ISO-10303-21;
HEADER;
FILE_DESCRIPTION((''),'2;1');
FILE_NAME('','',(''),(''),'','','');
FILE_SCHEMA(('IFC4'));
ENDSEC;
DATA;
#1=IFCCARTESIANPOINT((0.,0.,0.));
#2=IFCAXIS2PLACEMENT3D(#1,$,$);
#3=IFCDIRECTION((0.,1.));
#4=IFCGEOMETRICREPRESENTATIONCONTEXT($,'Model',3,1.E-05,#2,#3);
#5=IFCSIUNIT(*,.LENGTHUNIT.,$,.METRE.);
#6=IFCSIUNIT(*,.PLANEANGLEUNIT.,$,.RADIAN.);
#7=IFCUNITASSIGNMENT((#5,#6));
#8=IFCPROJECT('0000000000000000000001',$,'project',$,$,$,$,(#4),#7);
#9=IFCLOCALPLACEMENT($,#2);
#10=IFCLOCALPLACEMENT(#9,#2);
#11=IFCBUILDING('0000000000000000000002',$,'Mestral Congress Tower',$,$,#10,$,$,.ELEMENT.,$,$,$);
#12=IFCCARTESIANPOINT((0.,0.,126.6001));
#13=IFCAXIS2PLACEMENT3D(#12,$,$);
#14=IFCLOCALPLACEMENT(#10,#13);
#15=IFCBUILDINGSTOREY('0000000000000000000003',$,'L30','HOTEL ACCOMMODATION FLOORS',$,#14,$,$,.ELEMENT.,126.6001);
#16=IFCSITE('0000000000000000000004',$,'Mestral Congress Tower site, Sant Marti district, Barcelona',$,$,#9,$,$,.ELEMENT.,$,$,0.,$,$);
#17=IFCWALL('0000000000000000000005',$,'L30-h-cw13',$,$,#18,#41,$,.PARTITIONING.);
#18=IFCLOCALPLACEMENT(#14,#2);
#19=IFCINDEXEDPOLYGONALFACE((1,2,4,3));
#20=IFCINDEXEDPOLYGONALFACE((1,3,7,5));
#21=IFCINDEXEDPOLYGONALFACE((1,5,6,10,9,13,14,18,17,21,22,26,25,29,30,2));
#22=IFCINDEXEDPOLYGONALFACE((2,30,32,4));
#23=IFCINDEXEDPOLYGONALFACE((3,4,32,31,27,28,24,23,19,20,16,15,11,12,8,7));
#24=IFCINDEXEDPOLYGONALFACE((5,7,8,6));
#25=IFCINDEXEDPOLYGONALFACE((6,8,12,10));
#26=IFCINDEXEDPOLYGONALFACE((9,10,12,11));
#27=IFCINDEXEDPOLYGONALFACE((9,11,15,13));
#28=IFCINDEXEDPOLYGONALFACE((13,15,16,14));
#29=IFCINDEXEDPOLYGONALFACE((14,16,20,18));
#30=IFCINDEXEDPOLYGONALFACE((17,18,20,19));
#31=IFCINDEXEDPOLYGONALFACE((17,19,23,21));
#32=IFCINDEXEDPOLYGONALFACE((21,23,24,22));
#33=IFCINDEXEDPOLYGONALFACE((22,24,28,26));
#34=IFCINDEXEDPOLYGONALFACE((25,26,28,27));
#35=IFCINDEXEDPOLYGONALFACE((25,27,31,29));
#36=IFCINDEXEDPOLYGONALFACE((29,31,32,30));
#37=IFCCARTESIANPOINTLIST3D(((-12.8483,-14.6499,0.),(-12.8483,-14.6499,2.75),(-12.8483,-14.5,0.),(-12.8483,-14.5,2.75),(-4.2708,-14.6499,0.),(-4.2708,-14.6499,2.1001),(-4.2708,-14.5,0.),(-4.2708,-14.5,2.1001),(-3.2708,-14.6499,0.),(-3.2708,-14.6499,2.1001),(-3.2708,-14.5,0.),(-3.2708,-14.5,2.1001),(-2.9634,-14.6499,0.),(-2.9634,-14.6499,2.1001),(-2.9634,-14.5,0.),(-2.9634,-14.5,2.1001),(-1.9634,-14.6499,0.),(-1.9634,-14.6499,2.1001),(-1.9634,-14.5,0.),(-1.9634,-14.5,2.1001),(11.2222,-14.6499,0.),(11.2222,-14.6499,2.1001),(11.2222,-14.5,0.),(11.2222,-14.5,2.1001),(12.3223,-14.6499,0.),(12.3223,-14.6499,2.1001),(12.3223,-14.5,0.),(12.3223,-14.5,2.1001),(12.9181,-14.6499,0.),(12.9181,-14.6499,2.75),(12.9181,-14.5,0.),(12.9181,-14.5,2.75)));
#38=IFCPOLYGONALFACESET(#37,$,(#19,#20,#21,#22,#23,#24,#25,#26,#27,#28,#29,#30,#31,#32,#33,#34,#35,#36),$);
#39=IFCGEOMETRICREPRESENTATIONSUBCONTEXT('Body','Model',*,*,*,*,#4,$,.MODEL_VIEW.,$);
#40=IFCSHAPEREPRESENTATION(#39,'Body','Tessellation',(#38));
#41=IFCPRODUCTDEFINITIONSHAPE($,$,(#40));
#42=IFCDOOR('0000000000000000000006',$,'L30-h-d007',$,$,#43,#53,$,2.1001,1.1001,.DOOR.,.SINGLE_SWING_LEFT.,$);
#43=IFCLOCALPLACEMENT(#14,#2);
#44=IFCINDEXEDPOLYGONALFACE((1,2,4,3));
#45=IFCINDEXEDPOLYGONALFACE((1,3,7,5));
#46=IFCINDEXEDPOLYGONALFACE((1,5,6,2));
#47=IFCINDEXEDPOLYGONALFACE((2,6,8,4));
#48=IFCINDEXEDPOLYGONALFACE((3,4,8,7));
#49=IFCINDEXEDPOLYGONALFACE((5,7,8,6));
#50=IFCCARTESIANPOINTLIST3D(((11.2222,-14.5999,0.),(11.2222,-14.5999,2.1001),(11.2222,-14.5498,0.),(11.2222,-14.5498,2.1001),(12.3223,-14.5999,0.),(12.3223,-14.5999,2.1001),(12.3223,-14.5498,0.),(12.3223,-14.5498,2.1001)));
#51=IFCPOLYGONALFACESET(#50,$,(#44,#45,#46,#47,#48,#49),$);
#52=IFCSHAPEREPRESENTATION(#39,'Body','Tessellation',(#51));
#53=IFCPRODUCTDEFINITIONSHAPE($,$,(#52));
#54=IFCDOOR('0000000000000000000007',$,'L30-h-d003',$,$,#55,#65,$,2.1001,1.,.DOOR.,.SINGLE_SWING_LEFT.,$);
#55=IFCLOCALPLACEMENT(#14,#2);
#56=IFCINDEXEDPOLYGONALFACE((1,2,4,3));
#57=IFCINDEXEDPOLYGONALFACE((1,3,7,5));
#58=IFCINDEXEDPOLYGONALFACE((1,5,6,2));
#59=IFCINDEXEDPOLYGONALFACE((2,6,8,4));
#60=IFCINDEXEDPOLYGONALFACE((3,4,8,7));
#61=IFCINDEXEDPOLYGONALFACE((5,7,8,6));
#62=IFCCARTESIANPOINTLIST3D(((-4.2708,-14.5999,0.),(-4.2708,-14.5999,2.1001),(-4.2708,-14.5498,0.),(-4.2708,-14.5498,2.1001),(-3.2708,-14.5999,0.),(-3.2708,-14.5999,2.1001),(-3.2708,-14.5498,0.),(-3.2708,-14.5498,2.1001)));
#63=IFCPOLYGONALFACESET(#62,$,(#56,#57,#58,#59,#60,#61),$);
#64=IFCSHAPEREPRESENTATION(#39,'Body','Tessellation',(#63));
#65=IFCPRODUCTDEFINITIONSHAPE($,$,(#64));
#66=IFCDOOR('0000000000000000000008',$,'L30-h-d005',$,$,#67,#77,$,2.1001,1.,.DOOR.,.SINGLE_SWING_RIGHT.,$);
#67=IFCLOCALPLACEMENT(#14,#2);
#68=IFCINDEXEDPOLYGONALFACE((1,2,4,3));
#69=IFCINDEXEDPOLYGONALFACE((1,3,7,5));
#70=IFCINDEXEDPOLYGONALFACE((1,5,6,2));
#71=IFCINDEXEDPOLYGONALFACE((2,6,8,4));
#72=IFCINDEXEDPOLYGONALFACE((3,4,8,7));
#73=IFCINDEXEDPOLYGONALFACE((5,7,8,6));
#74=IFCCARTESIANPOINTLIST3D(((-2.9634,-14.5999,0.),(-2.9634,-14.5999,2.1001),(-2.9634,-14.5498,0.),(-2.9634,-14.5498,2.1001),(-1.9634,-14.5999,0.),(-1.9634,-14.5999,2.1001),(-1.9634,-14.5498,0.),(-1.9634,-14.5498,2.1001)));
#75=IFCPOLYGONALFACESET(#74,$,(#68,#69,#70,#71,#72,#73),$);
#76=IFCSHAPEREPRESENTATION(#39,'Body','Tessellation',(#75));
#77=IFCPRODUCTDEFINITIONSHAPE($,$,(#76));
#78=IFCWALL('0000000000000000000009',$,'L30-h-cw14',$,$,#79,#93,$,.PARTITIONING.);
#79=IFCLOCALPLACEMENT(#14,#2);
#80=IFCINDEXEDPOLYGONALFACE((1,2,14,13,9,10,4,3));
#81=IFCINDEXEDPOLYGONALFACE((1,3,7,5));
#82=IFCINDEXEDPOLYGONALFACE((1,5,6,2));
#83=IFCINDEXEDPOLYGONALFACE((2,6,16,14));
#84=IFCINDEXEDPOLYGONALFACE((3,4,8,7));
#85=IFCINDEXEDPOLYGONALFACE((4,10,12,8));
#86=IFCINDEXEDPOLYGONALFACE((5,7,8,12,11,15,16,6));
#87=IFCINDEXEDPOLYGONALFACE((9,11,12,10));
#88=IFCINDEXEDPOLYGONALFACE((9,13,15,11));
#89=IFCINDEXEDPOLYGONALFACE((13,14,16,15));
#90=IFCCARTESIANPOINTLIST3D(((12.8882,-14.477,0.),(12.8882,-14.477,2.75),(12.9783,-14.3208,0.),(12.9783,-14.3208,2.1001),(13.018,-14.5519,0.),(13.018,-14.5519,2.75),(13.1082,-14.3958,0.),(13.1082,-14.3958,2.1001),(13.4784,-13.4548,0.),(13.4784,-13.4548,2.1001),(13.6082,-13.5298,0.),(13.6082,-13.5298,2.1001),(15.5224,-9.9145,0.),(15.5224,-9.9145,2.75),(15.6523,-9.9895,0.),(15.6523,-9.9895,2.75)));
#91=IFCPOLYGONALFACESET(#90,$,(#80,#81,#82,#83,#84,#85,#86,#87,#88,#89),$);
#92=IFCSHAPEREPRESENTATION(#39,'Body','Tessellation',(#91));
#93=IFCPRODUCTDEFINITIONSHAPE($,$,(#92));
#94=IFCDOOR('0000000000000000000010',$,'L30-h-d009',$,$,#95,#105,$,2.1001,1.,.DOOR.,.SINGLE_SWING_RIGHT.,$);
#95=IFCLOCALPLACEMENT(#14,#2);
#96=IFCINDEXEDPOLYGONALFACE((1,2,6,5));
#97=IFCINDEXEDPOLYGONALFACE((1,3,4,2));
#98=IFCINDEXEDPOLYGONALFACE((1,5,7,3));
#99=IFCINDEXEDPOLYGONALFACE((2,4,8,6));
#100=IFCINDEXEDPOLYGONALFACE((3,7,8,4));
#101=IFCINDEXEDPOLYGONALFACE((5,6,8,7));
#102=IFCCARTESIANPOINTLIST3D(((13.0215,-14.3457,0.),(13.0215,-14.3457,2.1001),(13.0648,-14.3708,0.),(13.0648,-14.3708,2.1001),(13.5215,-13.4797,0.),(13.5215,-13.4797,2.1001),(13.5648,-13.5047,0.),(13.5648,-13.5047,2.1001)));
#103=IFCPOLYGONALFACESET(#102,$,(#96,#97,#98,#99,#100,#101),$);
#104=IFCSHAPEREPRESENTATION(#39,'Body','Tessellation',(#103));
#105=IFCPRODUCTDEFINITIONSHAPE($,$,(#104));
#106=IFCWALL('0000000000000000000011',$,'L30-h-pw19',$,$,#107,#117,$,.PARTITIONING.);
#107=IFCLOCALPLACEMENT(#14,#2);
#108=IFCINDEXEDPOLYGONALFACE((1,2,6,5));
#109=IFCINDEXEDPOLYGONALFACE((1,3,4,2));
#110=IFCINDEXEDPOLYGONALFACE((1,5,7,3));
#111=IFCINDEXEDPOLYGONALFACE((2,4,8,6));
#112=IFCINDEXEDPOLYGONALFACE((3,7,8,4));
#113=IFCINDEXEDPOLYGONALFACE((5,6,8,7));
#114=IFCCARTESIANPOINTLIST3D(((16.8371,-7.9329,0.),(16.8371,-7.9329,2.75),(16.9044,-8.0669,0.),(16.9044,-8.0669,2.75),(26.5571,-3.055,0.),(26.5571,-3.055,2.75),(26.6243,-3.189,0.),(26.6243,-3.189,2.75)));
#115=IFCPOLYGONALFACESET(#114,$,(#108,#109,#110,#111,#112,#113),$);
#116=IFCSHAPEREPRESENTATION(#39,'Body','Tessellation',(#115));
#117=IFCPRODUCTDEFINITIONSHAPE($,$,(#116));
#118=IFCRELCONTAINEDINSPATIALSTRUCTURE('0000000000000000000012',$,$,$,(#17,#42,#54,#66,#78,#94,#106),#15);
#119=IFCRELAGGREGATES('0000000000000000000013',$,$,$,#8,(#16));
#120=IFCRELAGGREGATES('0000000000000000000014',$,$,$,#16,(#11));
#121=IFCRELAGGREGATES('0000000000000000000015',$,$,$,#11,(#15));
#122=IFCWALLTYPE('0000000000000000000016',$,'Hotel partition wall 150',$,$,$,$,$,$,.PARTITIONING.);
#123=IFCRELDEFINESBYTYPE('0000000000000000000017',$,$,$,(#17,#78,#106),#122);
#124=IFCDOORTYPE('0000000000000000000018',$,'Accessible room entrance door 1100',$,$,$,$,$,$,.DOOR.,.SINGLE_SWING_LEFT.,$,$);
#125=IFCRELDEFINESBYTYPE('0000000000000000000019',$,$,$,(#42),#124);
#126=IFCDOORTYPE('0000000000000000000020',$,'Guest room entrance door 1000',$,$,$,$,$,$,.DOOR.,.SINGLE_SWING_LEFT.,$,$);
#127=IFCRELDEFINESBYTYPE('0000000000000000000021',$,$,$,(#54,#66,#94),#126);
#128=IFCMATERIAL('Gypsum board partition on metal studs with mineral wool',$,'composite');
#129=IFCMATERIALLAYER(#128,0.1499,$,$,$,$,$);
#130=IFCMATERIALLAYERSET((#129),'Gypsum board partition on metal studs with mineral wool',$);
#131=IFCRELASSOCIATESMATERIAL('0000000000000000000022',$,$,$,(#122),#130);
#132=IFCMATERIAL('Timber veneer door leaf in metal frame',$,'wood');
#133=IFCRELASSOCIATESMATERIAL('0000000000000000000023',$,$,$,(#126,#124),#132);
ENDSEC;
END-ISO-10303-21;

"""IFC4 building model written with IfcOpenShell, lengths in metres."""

from ifc_helpers import new_model, si_unit, direction, frame, frame_2d, origin, place, context, subcontext, project, spatial, rectangle, extrude, material, layer, layer_set, type_object, element, fill, save


model = new_model("IFC4")

# Units and contexts
model_context = context("Model", 3, precision=1e-05, world=origin(), true_north=direction((0.0, 1.0)))
body_context = subcontext(model_context, "Body", "Model", "MODEL_VIEW")
ifc_project = project(units=[si_unit("LENGTHUNIT", "METRE"), si_unit("PLANEANGLEUNIT", "RADIAN")], contexts=[model_context])

# Site, building, storey
site_placement = place(None, origin())
site = spatial("IfcSite", under=ifc_project, at=site_placement, Name="Mestral Congress Tower site, Sant Marti district, Barcelona", CompositionType="ELEMENT", RefElevation=0.0)
building_placement = place(site_placement, origin())
building = spatial("IfcBuilding", under=site, at=building_placement, Name="Mestral Congress Tower", CompositionType="ELEMENT")
storey_placement = place(building_placement, frame((0.0, 0.0, 126.6001)))
storey = spatial("IfcBuildingStorey", under=building, at=storey_placement, Name="L30", Description="HOTEL ACCOMMODATION FLOORS", CompositionType="ELEMENT", Elevation=126.6001)

# Shared definitions
ifc_material_1 = material(Name="Gypsum board partition on metal studs with mineral wool", Category="composite")

# Shared definitions
ifc_layer_1 = layer(ifc_material_1, 0.1499)
ifc_layer_set_1 = layer_set([ifc_layer_1], Name="Gypsum board partition on metal studs with mineral wool")
wall_type_1 = type_object("IfcWallType", Name="Hotel partition wall 150", PredefinedType="PARTITIONING", material=ifc_layer_set_1)
ifc_material_2 = material(Name="Timber veneer door leaf in metal frame", Category="wood")
door_type_1 = type_object("IfcDoorType", Name="Guest room entrance door 1000", OperationType="SINGLE_SWING_LEFT", PredefinedType="DOOR", material=ifc_material_2)

# Wall, openings, doors
wall_1_placement = place(storey_placement, frame((12.9182, -14.575, 0.0), z_axis=(0.0, 0.0, 1.0), x_axis=(-1.0, 0.0, 0.0)))
wall_1 = element("IfcWall", 1, at=wall_1_placement, inside=storey, type_object=wall_type_1, Name="L30-h-cw13", PredefinedType="PARTITIONING", context=body_context, shape_type="SweptSolid", body=[
    extrude(rectangle(XDim=25.7664, YDim=0.1499, at=frame_2d((12.8833, 0.0))), origin(), (0.0, 0.0, 1.0), 2.75),
])
opening_1_placement = place(wall_1_placement, frame((16.189, 0.0, 0.0)))
opening_1 = element("IfcOpeningElement", 2, at=opening_1_placement, cuts=wall_1, PredefinedType="OPENING", context=body_context, shape_type="SweptSolid", body=[
    extrude(rectangle(XDim=1.0, YDim=2.1001, at=frame_2d((0.5, 1.05))), frame((0.0, 0.085, 0.0), z_axis=(0.0, -1.0, 0.0), x_axis=(1.0, 0.0, 0.0)), (0.0, 0.0, 1.0), 0.1699),
])
opening_2_placement = place(wall_1_placement, frame((14.8816, 0.0, 0.0)))
opening_2 = element("IfcOpeningElement", 3, at=opening_2_placement, cuts=wall_1, PredefinedType="OPENING", context=body_context, shape_type="SweptSolid", body=[
    extrude(rectangle(XDim=1.0, YDim=2.1001, at=frame_2d((0.5, 1.05))), frame((0.0, 0.085, 0.0), z_axis=(0.0, -1.0, 0.0), x_axis=(1.0, 0.0, 0.0)), (0.0, 0.0, 1.0), 0.1699),
])
opening_3_placement = place(wall_1_placement, frame((0.5959, 0.0, 0.0)))
opening_3 = element("IfcOpeningElement", 4, at=opening_3_placement, cuts=wall_1, PredefinedType="OPENING", context=body_context, shape_type="SweptSolid", body=[
    extrude(rectangle(XDim=1.1001, YDim=2.1001, at=frame_2d((0.55, 1.05))), frame((0.0, 0.085, 0.0), z_axis=(0.0, -1.0, 0.0), x_axis=(1.0, 0.0, 0.0)), (0.0, 0.0, 1.0), 0.1699),
])
door_type_2 = type_object("IfcDoorType", Name="Accessible room entrance door 1100", OperationType="SINGLE_SWING_LEFT", PredefinedType="DOOR", material=ifc_material_2)
door_1_placement = place(opening_3_placement, origin())
door_1 = element("IfcDoor", 5, at=door_1_placement, inside=storey, type_object=door_type_2, Name="L30-h-d007", OperationType="SINGLE_SWING_LEFT", OverallHeight=2.1001, OverallWidth=1.1001, PredefinedType="DOOR", context=body_context, shape_type="SweptSolid", body=[
    extrude(rectangle(XDim=1.1001, YDim=2.1001, at=frame_2d((0.55, 1.05))), frame((0.0, 0.0249, 0.0), z_axis=(0.0, -1.0, 0.0), x_axis=(1.0, 0.0, 0.0)), (0.0, 0.0, 1.0), 0.05),
])
fill(opening_3, door_1)
door_2_placement = place(opening_1_placement, origin())
door_2 = element("IfcDoor", 6, at=door_2_placement, inside=storey, type_object=door_type_1, Name="L30-h-d003", OperationType="SINGLE_SWING_LEFT", OverallHeight=2.1001, OverallWidth=1.0, PredefinedType="DOOR", context=body_context, shape_type="SweptSolid", body=[
    extrude(rectangle(XDim=1.0, YDim=2.1001, at=frame_2d((0.5, 1.05))), frame((0.0, 0.0249, 0.0), z_axis=(0.0, -1.0, 0.0), x_axis=(1.0, 0.0, 0.0)), (0.0, 0.0, 1.0), 0.05),
])
fill(opening_1, door_2)
door_3_placement = place(opening_2_placement, origin())
door_3 = element("IfcDoor", 7, at=door_3_placement, inside=storey, type_object=door_type_1, Name="L30-h-d005", OperationType="SINGLE_SWING_RIGHT", OverallHeight=2.1001, OverallWidth=1.0, PredefinedType="DOOR", context=body_context, shape_type="SweptSolid", body=[
    extrude(rectangle(XDim=1.0, YDim=2.1001, at=frame_2d((0.5, 1.05))), frame((0.0, 0.0249, 0.0), z_axis=(0.0, -1.0, 0.0), x_axis=(1.0, 0.0, 0.0)), (0.0, 0.0, 1.0), 0.05),
])
fill(opening_2, door_3)

# Wall, opening, door
wall_2_placement = place(storey_placement, frame((15.5874, -9.9519, 0.0), z_axis=(0.0, 0.0, 1.0), x_axis=(-0.500017, -0.866016, 0.0)))
wall_2 = element("IfcWall", 8, at=wall_2_placement, inside=storey, type_object=wall_type_1, Name="L30-h-cw14", PredefinedType="PARTITIONING", context=body_context, shape_type="SweptSolid", body=[
    extrude(rectangle(XDim=5.2683, YDim=0.1499, at=frame_2d((2.6343, 0.0))), origin(), (0.0, 0.0, 1.0), 2.75),
])
opening_4_placement = place(wall_2_placement, frame((4.0881, 0.0, 0.0)))
opening_4 = element("IfcOpeningElement", 9, at=opening_4_placement, cuts=wall_2, PredefinedType="OPENING", context=body_context, shape_type="SweptSolid", body=[
    extrude(rectangle(XDim=1.0, YDim=2.1001, at=frame_2d((0.5, 1.05))), frame((0.0, 0.085, 0.0), z_axis=(0.0, -1.0, 0.0), x_axis=(1.0, 0.0, 0.0)), (0.0, 0.0, 1.0), 0.1699),
])
door_4_placement = place(opening_4_placement, origin())
door_4 = element("IfcDoor", 10, at=door_4_placement, inside=storey, type_object=door_type_1, Name="L30-h-d009", OperationType="SINGLE_SWING_RIGHT", OverallHeight=2.1001, OverallWidth=1.0, PredefinedType="DOOR", context=body_context, shape_type="SweptSolid", body=[
    extrude(rectangle(XDim=1.0, YDim=2.1001, at=frame_2d((0.5, 1.05))), frame((0.0, 0.0249, 0.0), z_axis=(0.0, -1.0, 0.0), x_axis=(1.0, 0.0, 0.0)), (0.0, 0.0, 1.0), 0.05),
])
fill(opening_4, door_4)

# Wall
wall_3_placement = place(storey_placement, frame((26.5906, -3.1221, 0.0), z_axis=(0.0, 0.0, 1.0), x_axis=(-0.893766, -0.448533, 0.0)))
element("IfcWall", 11, at=wall_3_placement, inside=storey, type_object=wall_type_1, Name="L30-h-pw19", PredefinedType="PARTITIONING", context=body_context, shape_type="SweptSolid", body=[
    extrude(rectangle(XDim=10.8752, YDim=0.1499, at=frame_2d((5.4375, 0.0))), origin(), (0.0, 0.0, 1.0), 2.75),
])

save(model, "model.ifc")
